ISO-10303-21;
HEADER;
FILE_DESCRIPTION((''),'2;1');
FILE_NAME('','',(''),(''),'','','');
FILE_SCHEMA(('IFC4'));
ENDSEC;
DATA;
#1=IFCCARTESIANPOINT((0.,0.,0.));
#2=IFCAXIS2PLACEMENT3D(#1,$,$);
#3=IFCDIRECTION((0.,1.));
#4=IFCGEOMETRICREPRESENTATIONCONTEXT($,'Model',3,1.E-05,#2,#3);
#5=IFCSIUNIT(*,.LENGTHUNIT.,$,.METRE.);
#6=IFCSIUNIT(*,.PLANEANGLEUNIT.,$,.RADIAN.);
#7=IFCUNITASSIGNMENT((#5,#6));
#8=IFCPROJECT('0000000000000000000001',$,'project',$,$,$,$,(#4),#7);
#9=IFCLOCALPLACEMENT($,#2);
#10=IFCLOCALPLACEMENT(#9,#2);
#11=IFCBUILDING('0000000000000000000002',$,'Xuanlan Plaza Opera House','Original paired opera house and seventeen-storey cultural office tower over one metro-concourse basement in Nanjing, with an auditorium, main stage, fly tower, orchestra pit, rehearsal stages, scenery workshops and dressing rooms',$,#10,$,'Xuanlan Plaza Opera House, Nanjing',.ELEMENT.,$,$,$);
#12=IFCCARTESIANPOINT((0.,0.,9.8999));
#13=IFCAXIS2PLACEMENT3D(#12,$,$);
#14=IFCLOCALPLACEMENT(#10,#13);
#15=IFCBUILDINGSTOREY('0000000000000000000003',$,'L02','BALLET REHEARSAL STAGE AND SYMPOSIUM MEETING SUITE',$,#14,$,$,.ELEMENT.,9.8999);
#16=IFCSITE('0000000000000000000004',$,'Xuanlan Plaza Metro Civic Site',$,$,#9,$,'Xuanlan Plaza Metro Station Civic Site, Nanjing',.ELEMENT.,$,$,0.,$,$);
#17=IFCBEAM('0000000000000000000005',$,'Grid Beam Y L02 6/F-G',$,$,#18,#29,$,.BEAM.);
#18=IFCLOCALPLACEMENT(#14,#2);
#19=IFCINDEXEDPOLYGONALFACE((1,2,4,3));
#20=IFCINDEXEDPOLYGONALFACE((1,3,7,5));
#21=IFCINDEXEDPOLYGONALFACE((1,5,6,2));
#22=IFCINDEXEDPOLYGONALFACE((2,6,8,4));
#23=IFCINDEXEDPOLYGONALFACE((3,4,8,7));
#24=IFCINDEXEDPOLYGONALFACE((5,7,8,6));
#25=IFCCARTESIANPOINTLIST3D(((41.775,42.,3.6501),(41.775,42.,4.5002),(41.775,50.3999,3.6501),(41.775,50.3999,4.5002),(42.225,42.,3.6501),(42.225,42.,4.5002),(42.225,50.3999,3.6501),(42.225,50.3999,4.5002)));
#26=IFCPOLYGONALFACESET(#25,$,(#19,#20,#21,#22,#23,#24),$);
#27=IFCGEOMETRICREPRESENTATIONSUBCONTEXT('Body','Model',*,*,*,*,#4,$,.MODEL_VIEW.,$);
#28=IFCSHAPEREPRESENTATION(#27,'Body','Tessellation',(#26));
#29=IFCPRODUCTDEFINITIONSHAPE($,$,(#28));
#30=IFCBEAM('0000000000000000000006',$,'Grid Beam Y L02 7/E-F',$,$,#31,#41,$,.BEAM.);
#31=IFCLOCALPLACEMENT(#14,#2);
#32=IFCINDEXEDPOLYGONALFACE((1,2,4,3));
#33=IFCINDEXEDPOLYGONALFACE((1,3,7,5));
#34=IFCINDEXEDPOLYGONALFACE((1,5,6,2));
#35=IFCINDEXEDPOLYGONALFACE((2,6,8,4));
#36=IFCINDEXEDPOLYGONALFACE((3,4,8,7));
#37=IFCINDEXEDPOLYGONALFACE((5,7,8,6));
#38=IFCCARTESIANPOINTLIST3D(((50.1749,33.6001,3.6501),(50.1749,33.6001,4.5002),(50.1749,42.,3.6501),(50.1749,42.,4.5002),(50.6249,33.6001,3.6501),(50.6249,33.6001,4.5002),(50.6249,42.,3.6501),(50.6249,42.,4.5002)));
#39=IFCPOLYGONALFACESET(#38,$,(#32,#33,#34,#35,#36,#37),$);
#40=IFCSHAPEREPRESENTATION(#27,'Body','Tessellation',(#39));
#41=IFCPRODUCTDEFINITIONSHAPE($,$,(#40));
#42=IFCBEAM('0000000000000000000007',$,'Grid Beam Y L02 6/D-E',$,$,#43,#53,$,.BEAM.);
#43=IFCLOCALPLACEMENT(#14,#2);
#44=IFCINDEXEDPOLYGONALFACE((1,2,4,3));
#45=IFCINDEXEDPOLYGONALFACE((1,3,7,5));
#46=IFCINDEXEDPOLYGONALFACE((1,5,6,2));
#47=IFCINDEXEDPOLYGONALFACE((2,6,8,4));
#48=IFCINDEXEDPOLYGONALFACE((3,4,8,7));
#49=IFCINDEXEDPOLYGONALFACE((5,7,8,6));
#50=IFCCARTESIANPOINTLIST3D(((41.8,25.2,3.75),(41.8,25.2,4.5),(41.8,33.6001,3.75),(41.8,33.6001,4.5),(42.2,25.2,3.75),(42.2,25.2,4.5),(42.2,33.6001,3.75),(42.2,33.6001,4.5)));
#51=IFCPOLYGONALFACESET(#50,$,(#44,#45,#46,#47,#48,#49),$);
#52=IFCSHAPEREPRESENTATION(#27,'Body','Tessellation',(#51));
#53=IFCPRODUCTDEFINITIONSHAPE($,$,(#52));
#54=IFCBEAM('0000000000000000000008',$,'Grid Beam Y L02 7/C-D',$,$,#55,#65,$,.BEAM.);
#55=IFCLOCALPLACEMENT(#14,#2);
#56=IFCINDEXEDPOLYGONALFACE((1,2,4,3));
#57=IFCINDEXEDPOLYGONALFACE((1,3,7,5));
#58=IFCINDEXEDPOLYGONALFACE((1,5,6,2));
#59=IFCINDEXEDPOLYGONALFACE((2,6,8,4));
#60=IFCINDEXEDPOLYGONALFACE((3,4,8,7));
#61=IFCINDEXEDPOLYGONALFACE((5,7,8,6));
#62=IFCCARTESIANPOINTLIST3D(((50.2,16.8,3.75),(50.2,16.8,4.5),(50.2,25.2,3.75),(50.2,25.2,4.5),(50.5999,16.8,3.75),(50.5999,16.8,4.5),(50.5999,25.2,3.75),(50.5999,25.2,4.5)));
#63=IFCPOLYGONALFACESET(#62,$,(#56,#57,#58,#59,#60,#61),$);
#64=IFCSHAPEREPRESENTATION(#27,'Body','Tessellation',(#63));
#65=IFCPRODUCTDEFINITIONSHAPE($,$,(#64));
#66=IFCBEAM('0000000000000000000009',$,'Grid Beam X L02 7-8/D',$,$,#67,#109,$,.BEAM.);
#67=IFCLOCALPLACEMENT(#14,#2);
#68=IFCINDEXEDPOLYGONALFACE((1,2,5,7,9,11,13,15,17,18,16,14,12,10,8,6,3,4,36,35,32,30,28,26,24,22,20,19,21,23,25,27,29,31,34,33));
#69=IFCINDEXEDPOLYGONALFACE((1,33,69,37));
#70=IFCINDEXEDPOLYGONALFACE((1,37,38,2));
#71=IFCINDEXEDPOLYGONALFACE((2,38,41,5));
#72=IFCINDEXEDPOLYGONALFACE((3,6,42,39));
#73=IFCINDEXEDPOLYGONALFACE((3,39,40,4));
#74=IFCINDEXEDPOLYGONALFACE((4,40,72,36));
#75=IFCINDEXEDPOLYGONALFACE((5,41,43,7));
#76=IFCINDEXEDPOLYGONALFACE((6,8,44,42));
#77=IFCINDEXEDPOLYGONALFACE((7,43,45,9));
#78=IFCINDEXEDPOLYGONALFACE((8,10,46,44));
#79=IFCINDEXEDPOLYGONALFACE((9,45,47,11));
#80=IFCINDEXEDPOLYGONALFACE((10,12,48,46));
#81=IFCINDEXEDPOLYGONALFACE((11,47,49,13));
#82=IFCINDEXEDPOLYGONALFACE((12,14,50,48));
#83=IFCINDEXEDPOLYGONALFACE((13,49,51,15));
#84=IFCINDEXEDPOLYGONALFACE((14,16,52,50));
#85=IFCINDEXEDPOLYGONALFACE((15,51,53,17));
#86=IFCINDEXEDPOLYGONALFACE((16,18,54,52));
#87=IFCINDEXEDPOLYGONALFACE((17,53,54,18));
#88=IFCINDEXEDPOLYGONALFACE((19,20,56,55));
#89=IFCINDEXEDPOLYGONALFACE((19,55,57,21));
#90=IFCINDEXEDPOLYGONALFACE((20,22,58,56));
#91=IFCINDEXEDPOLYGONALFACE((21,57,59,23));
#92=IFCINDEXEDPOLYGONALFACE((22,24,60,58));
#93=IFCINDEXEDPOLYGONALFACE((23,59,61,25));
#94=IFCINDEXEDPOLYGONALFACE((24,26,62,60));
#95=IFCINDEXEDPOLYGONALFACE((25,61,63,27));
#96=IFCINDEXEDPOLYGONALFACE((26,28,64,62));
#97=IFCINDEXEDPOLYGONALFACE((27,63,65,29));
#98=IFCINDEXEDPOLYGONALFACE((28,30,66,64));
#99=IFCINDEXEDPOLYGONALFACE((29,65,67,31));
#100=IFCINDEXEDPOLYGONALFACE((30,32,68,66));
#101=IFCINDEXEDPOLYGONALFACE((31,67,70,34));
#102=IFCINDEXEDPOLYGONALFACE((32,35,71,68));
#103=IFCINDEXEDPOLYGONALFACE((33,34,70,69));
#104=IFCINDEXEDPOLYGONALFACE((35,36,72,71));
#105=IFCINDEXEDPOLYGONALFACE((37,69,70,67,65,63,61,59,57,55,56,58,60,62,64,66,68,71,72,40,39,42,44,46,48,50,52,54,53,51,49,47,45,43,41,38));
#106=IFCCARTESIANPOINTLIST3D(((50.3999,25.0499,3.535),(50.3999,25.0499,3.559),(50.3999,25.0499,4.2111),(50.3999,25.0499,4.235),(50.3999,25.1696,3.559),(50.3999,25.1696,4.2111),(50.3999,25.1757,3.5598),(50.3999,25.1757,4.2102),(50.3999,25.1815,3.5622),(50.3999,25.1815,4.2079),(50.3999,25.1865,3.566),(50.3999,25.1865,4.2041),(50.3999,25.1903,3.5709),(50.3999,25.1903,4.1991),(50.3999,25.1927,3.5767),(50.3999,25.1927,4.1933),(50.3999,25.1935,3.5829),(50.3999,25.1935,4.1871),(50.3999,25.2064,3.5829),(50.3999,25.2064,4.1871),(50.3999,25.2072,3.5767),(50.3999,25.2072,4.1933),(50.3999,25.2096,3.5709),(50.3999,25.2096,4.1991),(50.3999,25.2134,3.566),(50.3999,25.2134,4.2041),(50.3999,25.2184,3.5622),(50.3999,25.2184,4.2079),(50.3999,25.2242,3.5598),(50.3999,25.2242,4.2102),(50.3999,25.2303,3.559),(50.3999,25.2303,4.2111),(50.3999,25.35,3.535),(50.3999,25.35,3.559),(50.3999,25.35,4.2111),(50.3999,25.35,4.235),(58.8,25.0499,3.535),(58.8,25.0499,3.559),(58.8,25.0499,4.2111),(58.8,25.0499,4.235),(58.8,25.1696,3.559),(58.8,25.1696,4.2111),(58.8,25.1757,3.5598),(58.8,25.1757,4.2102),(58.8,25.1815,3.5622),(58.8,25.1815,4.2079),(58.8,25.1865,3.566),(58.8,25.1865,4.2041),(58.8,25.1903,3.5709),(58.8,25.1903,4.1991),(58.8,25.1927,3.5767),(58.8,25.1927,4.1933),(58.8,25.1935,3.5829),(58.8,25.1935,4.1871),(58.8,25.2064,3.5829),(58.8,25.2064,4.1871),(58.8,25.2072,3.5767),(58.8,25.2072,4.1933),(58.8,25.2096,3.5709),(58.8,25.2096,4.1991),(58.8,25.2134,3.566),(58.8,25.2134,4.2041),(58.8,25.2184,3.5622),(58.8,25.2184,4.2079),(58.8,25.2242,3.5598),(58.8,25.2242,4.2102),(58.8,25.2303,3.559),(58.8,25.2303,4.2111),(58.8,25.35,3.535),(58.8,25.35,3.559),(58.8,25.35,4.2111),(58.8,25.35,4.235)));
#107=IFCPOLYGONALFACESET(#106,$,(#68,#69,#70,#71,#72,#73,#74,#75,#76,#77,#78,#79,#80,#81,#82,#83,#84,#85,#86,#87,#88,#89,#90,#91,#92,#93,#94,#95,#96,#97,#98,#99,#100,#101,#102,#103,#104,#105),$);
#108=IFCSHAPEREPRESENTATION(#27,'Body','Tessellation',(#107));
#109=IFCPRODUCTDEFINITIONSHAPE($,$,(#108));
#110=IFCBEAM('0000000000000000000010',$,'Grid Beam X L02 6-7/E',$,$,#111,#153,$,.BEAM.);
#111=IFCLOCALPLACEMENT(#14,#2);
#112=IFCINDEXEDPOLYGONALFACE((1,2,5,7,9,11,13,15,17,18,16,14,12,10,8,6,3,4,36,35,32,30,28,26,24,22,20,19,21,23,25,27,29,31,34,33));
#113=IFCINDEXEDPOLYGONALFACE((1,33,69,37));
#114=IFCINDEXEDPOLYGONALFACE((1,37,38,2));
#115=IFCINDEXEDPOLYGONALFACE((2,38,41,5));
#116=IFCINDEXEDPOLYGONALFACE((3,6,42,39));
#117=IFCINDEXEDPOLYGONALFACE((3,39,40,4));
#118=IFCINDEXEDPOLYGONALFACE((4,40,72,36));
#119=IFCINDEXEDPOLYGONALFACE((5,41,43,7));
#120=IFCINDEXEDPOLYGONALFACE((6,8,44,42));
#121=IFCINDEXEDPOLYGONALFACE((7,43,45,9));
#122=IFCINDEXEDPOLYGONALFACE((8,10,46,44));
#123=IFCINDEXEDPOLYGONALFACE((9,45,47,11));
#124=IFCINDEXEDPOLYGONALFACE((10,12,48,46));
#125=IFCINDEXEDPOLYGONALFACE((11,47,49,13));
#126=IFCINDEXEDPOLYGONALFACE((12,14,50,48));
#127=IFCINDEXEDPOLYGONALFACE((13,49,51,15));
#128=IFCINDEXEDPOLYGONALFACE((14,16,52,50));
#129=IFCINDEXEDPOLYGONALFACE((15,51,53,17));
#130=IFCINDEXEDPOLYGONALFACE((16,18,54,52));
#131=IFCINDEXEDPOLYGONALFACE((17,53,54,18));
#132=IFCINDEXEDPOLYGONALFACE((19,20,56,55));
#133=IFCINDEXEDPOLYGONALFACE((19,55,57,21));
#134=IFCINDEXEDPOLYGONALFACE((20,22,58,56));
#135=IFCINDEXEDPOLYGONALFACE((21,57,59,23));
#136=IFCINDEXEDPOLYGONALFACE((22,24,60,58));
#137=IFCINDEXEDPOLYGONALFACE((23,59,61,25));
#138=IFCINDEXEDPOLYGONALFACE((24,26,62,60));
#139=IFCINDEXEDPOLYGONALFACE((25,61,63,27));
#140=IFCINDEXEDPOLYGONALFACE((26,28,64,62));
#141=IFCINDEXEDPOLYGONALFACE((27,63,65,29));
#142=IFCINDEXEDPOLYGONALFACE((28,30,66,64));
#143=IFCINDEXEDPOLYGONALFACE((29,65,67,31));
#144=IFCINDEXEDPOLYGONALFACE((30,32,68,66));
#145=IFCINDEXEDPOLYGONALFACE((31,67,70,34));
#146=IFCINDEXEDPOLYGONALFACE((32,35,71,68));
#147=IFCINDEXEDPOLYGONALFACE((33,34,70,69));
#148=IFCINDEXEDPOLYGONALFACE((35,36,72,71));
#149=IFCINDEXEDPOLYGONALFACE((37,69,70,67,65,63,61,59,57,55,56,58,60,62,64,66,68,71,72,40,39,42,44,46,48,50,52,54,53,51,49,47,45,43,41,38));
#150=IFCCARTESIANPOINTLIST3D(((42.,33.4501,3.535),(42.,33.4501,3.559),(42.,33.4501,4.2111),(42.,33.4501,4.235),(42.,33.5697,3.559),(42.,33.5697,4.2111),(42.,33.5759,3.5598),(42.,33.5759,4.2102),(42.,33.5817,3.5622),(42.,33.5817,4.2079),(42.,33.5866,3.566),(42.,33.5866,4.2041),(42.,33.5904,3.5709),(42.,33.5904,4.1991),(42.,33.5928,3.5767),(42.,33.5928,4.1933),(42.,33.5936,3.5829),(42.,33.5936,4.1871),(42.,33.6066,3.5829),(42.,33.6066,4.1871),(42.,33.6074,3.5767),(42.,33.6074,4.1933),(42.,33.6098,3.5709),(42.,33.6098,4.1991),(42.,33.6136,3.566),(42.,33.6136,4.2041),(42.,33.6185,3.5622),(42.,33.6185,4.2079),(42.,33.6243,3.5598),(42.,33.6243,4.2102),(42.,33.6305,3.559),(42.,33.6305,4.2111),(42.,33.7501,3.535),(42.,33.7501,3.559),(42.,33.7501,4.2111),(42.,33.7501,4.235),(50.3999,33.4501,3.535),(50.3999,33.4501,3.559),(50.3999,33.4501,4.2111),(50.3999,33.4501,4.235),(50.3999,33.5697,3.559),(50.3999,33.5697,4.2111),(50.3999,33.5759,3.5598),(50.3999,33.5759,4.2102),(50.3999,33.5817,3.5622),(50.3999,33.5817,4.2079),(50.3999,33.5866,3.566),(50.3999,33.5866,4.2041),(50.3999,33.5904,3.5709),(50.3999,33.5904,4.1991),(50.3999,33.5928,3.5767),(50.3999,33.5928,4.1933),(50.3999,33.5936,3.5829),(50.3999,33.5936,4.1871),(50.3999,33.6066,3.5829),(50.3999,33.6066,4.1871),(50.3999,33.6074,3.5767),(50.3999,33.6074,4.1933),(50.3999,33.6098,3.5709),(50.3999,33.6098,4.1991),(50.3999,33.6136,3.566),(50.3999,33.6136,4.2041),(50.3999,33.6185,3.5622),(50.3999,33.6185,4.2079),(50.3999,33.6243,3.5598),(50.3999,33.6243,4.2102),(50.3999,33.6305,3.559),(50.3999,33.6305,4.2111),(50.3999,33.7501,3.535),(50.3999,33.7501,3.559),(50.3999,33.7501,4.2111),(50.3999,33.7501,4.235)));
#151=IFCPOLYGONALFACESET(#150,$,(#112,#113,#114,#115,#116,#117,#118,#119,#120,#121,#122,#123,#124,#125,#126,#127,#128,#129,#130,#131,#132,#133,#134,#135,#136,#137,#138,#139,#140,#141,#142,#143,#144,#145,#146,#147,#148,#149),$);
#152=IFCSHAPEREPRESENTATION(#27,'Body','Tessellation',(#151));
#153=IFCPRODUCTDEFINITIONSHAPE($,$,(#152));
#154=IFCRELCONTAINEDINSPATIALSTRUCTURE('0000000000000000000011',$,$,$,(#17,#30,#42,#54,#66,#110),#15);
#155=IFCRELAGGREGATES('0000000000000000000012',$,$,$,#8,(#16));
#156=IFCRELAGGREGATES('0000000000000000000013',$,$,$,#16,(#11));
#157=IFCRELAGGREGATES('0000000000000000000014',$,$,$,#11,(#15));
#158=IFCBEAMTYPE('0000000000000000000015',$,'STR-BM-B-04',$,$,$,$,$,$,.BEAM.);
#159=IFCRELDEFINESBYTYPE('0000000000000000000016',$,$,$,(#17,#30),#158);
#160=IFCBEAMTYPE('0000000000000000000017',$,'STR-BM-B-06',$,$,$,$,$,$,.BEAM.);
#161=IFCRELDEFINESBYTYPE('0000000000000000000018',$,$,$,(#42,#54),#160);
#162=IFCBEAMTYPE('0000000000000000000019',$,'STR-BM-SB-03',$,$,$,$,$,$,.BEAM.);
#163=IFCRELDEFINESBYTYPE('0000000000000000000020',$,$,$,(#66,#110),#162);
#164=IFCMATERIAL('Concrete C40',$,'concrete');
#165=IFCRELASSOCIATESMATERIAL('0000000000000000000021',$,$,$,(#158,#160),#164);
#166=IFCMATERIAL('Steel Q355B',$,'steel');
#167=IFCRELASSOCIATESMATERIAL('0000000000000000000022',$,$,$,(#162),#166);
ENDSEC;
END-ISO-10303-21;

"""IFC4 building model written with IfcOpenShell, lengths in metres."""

from ifc_helpers import new_model, si_unit, direction, frame, origin, origin_2d, place, context, subcontext, project, spatial, rectangle, i_section, extrude, material, material_profile, profile_set, type_object, element, save


model = new_model("IFC4")

# Units and contexts
model_context = context("Model", 3, precision=1e-05, world=origin(), true_north=direction((0.0, 1.0)))
body_context = subcontext(model_context, "Body", "Model", "MODEL_VIEW")
ifc_project = project(units=[si_unit("LENGTHUNIT", "METRE"), si_unit("PLANEANGLEUNIT", "RADIAN")], contexts=[model_context])

# Site, building, storey
site_placement = place(None, origin())
site = spatial("IfcSite", under=ifc_project, at=site_placement, Name="Xuanlan Plaza Metro Civic Site", LongName="Xuanlan Plaza Metro Station Civic Site, Nanjing", CompositionType="ELEMENT", RefElevation=0.0)
building_placement = place(site_placement, origin())
building = spatial("IfcBuilding", under=site, at=building_placement, Name="Xuanlan Plaza Opera House", Description="Original paired opera house and seventeen-storey cultural office tower over one metro-concourse basement in Nanjing, with an auditorium, main stage, fly tower, orchestra pit, rehearsal stages, scenery workshops and dressing rooms", LongName="Xuanlan Plaza Opera House, Nanjing", CompositionType="ELEMENT")
storey_placement = place(building_placement, frame((0.0, 0.0, 9.8999)))
storey = spatial("IfcBuildingStorey", under=building, at=storey_placement, Name="L02", Description="BALLET REHEARSAL STAGE AND SYMPOSIUM MEETING SUITE", CompositionType="ELEMENT", Elevation=9.8999)

# Shared definitions
ifc_material_1 = material(Name="Concrete C40", Category="concrete")

# Beams
ifc_material_profile_1 = material_profile(ifc_material_1, rectangle(XDim=0.45, YDim=0.8501, at=origin_2d()), Name="RC-BM 450x850")
ifc_profile_set_1 = profile_set([ifc_material_profile_1], Name="Concrete C40")
beam_type_1 = type_object("IfcBeamType", Name="STR-BM-B-04", PredefinedType="BEAM", material=ifc_profile_set_1)
for number, where, z_axis, x_axis, name in (
    (1, (42.0, 42.0, 4.0752), (0.0, 1.0, 0.0), (-1.0, 0.0, 0.0), "Grid Beam Y L02 6/F-G"),
    (2, (50.3999, 33.6001, 4.0752), (0.0, 1.0, 0.0), (-1.0, 0.0, 0.0), "Grid Beam Y L02 7/E-F"),
):
    element("IfcBeam", number, at=place(storey_placement, frame(where, z_axis=z_axis, x_axis=x_axis)), inside=storey, type_object=beam_type_1, Name=name, PredefinedType="BEAM", context=body_context, shape_type="SweptSolid", body=[
        extrude(rectangle(XDim=0.45, YDim=0.8501, at=origin_2d()), origin(), (0.0, 0.0, 1.0), 8.3999),
    ])
ifc_material_profile_2 = material_profile(ifc_material_1, rectangle(XDim=0.3999, YDim=0.75, at=origin_2d()), Name="RC-BM 400x750")
ifc_profile_set_2 = profile_set([ifc_material_profile_2], Name="Concrete C40")
beam_type_2 = type_object("IfcBeamType", Name="STR-BM-B-06", PredefinedType="BEAM", material=ifc_profile_set_2)
beam_1_placement = place(storey_placement, frame((42.0, 25.2, 4.125), z_axis=(0.0, 1.0, 0.0), x_axis=(-1.0, 0.0, 0.0)))
element("IfcBeam", 3, at=beam_1_placement, inside=storey, type_object=beam_type_2, Name="Grid Beam Y L02 6/D-E", PredefinedType="BEAM", context=body_context, shape_type="SweptSolid", body=[
    extrude(rectangle(XDim=0.3999, YDim=0.75, at=origin_2d()), origin(), (0.0, 0.0, 1.0), 8.4001),
])
beam_2_placement = place(storey_placement, frame((50.3999, 16.8, 4.125), z_axis=(0.0, 1.0, 0.0), x_axis=(-1.0, 0.0, 0.0)))
element("IfcBeam", 4, at=beam_2_placement, inside=storey, type_object=beam_type_2, Name="Grid Beam Y L02 7/C-D", PredefinedType="BEAM", context=body_context, shape_type="SweptSolid", body=[
    extrude(rectangle(XDim=0.3999, YDim=0.75, at=origin_2d()), origin(), (0.0, 0.0, 1.0), 8.3999),
])
ifc_material_2 = material(Name="Steel Q355B", Category="steel")
ifc_material_profile_3 = material_profile(ifc_material_2, i_section(OverallWidth=0.3, OverallDepth=0.7, WebThickness=0.0129, FlangeThickness=0.0239, FilletRadius=0.0239, at=origin_2d()), Name="HN 700x300x13x24")
ifc_profile_set_3 = profile_set([ifc_material_profile_3], Name="Steel Q355B")
beam_type_3 = type_object("IfcBeamType", Name="STR-BM-SB-03", PredefinedType="BEAM", material=ifc_profile_set_3)
beam_3_placement = place(storey_placement, frame((50.3999, 25.2, 3.885), z_axis=(1.0, 0.0, 0.0), x_axis=(0.0, 1.0, 0.0)))
element("IfcBeam", 5, at=beam_3_placement, inside=storey, type_object=beam_type_3, Name="Grid Beam X L02 7-8/D", PredefinedType="BEAM", context=body_context, shape_type="SweptSolid", body=[
    extrude(i_section(OverallWidth=0.3, OverallDepth=0.7, WebThickness=0.0129, FlangeThickness=0.0239, FilletRadius=0.0239, at=origin_2d()), origin(), (0.0, 0.0, 1.0), 8.4001),
])
beam_4_placement = place(storey_placement, frame((42.0, 33.6001, 3.885), z_axis=(1.0, 0.0, 0.0), x_axis=(0.0, 1.0, 0.0)))
element("IfcBeam", 6, at=beam_4_placement, inside=storey, type_object=beam_type_3, Name="Grid Beam X L02 6-7/E", PredefinedType="BEAM", context=body_context, shape_type="SweptSolid", body=[
    extrude(i_section(OverallWidth=0.3, OverallDepth=0.7, WebThickness=0.0129, FlangeThickness=0.0239, FilletRadius=0.0239, at=origin_2d()), origin(), (0.0, 0.0, 1.0), 8.3999),
])

save(model, "model.ifc")
